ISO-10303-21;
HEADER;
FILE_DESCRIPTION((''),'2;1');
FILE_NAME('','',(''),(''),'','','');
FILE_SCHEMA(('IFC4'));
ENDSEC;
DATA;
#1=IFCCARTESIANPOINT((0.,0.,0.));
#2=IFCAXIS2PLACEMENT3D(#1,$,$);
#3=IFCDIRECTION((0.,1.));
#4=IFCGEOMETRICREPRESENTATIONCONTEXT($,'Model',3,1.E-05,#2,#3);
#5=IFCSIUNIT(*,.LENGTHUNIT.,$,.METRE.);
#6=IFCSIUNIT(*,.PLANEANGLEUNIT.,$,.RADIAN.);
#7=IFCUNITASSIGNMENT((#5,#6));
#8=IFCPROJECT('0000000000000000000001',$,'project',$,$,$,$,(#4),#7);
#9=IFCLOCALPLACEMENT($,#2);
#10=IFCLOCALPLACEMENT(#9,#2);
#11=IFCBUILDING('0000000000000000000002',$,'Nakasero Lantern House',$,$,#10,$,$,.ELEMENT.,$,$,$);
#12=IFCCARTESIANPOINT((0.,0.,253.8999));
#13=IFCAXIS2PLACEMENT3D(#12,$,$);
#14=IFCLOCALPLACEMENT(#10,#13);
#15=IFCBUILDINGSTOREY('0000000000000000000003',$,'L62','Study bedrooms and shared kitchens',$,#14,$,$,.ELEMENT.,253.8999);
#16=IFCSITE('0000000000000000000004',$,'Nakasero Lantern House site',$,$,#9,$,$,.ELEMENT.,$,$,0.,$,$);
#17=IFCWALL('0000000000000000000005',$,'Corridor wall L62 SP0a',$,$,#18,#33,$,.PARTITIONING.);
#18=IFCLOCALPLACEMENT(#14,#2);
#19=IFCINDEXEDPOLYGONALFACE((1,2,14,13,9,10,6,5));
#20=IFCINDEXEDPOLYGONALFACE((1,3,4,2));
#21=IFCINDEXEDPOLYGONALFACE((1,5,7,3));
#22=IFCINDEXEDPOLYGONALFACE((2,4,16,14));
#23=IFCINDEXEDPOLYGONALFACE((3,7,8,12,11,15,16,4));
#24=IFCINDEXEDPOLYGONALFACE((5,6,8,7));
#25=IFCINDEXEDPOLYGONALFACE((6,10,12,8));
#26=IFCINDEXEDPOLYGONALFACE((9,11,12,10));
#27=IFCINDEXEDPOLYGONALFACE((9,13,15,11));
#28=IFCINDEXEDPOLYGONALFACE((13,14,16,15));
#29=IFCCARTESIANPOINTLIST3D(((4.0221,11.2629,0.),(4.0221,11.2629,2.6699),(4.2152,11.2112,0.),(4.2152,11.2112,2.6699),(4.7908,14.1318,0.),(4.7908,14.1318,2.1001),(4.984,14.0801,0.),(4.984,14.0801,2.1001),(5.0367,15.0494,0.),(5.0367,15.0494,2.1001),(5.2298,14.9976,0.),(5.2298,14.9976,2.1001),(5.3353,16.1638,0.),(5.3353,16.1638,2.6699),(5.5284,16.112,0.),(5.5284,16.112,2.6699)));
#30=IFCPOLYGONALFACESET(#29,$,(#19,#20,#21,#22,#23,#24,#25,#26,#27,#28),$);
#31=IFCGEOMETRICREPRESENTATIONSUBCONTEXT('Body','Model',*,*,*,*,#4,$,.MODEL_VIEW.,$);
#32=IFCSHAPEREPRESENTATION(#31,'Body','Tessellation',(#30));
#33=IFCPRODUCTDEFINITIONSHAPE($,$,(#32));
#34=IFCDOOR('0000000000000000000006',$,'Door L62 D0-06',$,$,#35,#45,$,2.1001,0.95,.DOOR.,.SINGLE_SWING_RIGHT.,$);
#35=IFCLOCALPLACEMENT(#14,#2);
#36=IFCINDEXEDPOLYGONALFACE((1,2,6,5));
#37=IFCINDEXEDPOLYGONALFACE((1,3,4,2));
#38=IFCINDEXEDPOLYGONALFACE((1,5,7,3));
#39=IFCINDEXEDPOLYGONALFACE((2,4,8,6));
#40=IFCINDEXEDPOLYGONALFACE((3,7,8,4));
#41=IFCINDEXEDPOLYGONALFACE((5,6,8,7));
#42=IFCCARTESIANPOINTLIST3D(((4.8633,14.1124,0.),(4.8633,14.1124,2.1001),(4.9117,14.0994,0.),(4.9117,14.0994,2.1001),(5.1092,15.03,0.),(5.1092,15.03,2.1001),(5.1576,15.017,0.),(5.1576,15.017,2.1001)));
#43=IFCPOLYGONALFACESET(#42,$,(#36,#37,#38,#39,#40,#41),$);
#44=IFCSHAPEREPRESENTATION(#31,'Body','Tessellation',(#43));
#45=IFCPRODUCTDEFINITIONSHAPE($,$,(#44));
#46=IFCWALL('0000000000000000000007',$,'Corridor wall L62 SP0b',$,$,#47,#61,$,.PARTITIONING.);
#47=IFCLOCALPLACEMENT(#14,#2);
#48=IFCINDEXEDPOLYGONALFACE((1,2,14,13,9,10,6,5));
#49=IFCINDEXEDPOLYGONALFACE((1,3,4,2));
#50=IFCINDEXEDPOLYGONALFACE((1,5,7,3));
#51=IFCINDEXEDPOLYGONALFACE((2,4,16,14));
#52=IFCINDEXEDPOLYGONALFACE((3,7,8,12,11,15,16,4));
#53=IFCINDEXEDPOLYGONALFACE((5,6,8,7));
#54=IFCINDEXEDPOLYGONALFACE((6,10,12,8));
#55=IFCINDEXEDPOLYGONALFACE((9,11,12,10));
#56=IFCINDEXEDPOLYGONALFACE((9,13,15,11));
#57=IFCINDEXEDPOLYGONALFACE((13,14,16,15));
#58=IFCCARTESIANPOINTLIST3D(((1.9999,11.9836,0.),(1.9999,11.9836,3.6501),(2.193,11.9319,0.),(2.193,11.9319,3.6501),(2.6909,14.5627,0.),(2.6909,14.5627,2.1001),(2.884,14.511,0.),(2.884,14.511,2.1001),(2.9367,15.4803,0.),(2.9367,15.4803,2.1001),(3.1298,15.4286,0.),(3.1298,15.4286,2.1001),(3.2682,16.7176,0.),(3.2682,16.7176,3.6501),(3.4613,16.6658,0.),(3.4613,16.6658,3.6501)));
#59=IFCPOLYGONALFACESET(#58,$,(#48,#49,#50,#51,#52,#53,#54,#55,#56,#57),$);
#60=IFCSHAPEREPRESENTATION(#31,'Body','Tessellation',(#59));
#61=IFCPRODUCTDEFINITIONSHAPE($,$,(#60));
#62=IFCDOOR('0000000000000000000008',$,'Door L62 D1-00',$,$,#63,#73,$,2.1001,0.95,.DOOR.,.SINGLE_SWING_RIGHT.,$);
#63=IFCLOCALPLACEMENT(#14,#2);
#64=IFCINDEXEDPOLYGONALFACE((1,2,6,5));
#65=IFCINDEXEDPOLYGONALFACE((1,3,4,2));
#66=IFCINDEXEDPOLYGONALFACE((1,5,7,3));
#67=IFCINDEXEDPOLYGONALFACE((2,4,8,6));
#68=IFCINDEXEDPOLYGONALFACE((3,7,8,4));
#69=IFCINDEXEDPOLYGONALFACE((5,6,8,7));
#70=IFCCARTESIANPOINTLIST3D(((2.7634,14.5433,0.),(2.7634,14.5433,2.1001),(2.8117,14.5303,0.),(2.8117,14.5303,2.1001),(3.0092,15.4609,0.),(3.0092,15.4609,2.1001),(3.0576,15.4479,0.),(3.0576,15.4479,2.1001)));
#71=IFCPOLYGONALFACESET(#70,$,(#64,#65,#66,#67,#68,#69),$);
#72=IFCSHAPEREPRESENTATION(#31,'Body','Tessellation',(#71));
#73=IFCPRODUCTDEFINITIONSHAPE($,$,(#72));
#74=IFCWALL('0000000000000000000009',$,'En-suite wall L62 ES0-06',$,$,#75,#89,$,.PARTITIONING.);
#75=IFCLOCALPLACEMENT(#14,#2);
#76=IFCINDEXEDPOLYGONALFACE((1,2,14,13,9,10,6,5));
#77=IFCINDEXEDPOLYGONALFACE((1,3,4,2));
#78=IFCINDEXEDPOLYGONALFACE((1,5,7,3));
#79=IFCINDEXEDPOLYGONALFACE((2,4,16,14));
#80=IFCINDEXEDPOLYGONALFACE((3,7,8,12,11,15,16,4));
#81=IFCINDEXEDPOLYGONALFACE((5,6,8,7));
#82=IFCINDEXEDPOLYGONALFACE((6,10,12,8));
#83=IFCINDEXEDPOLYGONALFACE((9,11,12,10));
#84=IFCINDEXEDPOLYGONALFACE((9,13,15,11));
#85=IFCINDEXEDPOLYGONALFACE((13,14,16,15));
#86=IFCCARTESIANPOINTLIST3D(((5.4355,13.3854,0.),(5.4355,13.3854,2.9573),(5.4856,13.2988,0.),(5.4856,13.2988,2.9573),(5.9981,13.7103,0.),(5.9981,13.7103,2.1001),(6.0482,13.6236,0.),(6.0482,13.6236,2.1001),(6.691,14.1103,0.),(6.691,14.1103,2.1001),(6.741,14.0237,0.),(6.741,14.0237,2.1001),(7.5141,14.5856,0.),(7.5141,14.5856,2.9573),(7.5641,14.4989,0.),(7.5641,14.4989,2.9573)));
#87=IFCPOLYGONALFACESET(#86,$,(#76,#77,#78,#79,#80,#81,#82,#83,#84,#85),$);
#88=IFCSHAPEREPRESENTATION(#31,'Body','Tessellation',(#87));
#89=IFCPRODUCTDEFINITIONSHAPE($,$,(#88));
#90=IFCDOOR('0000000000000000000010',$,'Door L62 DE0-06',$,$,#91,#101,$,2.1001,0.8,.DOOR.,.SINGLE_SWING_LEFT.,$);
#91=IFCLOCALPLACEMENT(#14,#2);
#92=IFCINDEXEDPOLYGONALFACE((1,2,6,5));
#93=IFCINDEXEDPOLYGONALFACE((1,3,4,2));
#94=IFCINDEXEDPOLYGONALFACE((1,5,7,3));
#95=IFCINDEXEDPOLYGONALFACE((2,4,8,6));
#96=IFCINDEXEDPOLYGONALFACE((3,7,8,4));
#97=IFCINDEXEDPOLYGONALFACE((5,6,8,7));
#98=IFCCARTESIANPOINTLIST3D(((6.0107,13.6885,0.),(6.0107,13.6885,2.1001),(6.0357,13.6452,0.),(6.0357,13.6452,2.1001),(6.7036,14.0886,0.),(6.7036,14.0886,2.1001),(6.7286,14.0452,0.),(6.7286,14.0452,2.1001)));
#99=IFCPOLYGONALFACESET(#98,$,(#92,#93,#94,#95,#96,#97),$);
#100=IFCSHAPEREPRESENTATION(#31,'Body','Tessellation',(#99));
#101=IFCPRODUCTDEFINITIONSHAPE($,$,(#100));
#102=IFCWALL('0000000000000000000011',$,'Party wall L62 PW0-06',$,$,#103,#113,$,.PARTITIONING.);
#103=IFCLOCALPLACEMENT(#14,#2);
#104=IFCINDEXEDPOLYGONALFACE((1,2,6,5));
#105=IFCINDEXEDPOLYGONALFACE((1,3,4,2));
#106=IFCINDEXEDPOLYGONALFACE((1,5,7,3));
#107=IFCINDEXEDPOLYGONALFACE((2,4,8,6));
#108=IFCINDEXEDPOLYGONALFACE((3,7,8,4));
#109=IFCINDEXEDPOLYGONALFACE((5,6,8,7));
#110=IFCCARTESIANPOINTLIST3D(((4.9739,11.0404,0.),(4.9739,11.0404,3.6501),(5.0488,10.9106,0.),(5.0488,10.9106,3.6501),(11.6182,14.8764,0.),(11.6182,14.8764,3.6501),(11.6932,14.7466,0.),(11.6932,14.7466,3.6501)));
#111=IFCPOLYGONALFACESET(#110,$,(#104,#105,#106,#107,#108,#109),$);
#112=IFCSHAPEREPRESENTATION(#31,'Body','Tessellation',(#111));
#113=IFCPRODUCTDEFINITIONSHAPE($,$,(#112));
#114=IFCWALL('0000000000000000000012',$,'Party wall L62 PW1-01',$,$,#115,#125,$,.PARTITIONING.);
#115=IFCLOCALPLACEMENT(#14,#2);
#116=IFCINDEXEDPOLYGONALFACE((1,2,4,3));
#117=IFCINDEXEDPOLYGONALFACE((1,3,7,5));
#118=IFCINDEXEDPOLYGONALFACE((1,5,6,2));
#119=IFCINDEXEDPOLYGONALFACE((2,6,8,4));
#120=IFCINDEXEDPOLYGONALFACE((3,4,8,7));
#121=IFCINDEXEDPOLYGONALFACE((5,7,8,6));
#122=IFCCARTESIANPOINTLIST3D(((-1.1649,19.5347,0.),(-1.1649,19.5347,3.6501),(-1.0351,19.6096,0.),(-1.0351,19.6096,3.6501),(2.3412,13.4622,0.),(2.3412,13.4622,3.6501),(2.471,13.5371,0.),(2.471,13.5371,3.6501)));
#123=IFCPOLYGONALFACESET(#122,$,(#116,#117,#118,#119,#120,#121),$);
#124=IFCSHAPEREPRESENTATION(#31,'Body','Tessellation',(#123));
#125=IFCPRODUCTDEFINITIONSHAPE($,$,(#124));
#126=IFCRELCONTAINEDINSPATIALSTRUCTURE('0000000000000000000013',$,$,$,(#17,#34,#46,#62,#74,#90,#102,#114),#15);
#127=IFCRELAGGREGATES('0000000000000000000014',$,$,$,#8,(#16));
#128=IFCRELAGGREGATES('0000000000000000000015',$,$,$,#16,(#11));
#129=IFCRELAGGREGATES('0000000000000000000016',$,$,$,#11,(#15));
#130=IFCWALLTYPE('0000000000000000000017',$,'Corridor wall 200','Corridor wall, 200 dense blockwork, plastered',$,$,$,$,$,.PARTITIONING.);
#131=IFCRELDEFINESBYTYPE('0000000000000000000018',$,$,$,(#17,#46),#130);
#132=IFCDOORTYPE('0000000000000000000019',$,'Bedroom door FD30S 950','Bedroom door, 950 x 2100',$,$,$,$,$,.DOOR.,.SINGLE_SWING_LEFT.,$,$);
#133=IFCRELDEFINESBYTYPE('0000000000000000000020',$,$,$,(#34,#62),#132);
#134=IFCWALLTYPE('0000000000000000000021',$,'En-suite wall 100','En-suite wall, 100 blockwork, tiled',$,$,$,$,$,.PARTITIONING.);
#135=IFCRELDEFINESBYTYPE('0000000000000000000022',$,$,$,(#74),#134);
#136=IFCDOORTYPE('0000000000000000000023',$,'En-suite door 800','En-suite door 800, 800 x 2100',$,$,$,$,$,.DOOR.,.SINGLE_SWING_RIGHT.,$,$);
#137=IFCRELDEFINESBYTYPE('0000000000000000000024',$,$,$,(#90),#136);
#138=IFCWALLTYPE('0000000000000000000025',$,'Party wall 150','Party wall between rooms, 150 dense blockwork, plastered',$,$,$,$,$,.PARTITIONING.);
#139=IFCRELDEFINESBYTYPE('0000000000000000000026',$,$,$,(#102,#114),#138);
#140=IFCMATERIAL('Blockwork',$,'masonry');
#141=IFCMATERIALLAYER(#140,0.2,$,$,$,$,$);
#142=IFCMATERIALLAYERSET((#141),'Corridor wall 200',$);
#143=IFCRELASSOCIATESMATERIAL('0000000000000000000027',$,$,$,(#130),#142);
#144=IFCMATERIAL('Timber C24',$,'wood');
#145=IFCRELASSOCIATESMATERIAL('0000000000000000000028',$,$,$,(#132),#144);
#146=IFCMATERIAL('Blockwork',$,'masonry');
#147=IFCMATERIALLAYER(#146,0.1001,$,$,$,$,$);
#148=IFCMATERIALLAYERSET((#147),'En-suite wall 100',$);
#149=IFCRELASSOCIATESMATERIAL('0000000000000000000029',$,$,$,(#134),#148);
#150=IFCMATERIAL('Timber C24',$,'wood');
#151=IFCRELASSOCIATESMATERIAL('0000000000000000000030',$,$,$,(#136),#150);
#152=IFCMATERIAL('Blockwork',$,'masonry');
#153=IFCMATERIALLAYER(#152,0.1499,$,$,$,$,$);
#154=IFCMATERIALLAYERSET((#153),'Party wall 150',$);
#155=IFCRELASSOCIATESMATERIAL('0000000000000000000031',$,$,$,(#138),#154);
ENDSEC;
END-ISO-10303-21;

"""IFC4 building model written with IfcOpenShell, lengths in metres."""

from ifc_helpers import new_model, si_unit, direction, frame, frame_2d, origin, place, context, subcontext, project, spatial, rectangle, extrude, material, layer, layer_set, type_object, element, fill, save


model = new_model("IFC4")

# Units and contexts
model_context = context("Model", 3, precision=1e-05, world=origin(), true_north=direction((0.0, 1.0)))
body_context = subcontext(model_context, "Body", "Model", "MODEL_VIEW")
ifc_project = project(units=[si_unit("LENGTHUNIT", "METRE"), si_unit("PLANEANGLEUNIT", "RADIAN")], contexts=[model_context])

# Site, building, storey
site_placement = place(None, origin())
site = spatial("IfcSite", under=ifc_project, at=site_placement, Name="Nakasero Lantern House site", CompositionType="ELEMENT", RefElevation=0.0)
building_placement = place(site_placement, origin())
building = spatial("IfcBuilding", under=site, at=building_placement, Name="Nakasero Lantern House", CompositionType="ELEMENT")
storey_placement = place(building_placement, frame((0.0, 0.0, 253.8999)))
storey = spatial("IfcBuildingStorey", under=building, at=storey_placement, Name="L62", Description="Study bedrooms and shared kitchens", CompositionType="ELEMENT", Elevation=253.8999)

# Walls, openings, doors
ifc_material_1 = material(Name="Blockwork", Category="masonry")
ifc_layer_1 = layer(ifc_material_1, 0.2)
ifc_layer_set_1 = layer_set([ifc_layer_1], Name="Corridor wall 200")
wall_type_1 = type_object("IfcWallType", Name="Corridor wall 200", Description="Corridor wall, 200 dense blockwork, plastered", PredefinedType="PARTITIONING", material=ifc_layer_set_1)
ifc_material_2 = material(Name="Timber C24", Category="wood")
door_type_1 = type_object("IfcDoorType", Name="Bedroom door FD30S 950", Description="Bedroom door, 950 x 2100", OperationType="SINGLE_SWING_LEFT", PredefinedType="DOOR", material=ifc_material_2)
wall_1_placement = place(storey_placement, frame((4.1187, 11.2371, 0.0), z_axis=(0.0, 0.0, 1.0), x_axis=(0.258827, 0.965924, 0.0)))
wall_1 = element("IfcWall", 1, at=wall_1_placement, inside=storey, type_object=wall_type_1, Name="Corridor wall L62 SP0a", PredefinedType="PARTITIONING", context=body_context, shape_type="SweptSolid", body=[
    extrude(rectangle(XDim=5.0737, YDim=0.2, at=frame_2d((2.5369, 0.0))), origin(), (0.0, 0.0, 1.0), 2.6699),
])
opening_1_placement = place(wall_1_placement, frame((2.97, 0.0, 0.0)))
opening_1 = element("IfcOpeningElement", 2, at=opening_1_placement, cuts=wall_1, PredefinedType="OPENING", context=body_context, shape_type="SweptSolid", body=[
    extrude(rectangle(XDim=0.95, YDim=2.1001, at=frame_2d((0.4751, 1.05))), frame((0.0, 0.1199, 0.0), z_axis=(0.0, -1.0, 0.0), x_axis=(1.0, 0.0, 0.0)), (0.0, 0.0, 1.0), 0.24),
])
door_1_placement = place(opening_1_placement, origin())
door_1 = element("IfcDoor", 3, at=door_1_placement, inside=storey, type_object=door_type_1, Name="Door L62 D0-06", OperationType="SINGLE_SWING_RIGHT", OverallHeight=2.1001, OverallWidth=0.95, PredefinedType="DOOR", context=body_context, shape_type="SweptSolid", body=[
    extrude(rectangle(XDim=0.95, YDim=2.1001, at=frame_2d((0.4751, 1.05))), frame((0.0, 0.0249, 0.0), z_axis=(0.0, -1.0, 0.0), x_axis=(1.0, 0.0, 0.0)), (0.0, 0.0, 1.0), 0.05),
])
fill(opening_1, door_1)
wall_2_placement = place(storey_placement, frame((2.0964, 11.9578, 0.0), z_axis=(0.0, 0.0, 1.0), x_axis=(0.258794, 0.965932, 0.0)))
wall_2 = element("IfcWall", 4, at=wall_2_placement, inside=storey, type_object=wall_type_1, Name="Corridor wall L62 SP0b", PredefinedType="PARTITIONING", context=body_context, shape_type="SweptSolid", body=[
    extrude(rectangle(XDim=4.9009, YDim=0.2, at=frame_2d((2.4504, 0.0))), origin(), (0.0, 0.0, 1.0), 3.6501),
])
opening_2_placement = place(wall_2_placement, frame((2.6699, 0.0, 0.0)))
opening_2 = element("IfcOpeningElement", 5, at=opening_2_placement, cuts=wall_2, PredefinedType="OPENING", context=body_context, shape_type="SweptSolid", body=[
    extrude(rectangle(XDim=0.95, YDim=2.1001, at=frame_2d((0.4751, 1.05))), frame((0.0, 0.1199, 0.0), z_axis=(0.0, -1.0, 0.0), x_axis=(1.0, 0.0, 0.0)), (0.0, 0.0, 1.0), 0.24),
])
door_2_placement = place(opening_2_placement, origin())
door_2 = element("IfcDoor", 6, at=door_2_placement, inside=storey, type_object=door_type_1, Name="Door L62 D1-00", OperationType="SINGLE_SWING_RIGHT", OverallHeight=2.1001, OverallWidth=0.95, PredefinedType="DOOR", context=body_context, shape_type="SweptSolid", body=[
    extrude(rectangle(XDim=0.95, YDim=2.1001, at=frame_2d((0.4751, 1.05))), frame((0.0, 0.0249, 0.0), z_axis=(0.0, -1.0, 0.0), x_axis=(1.0, 0.0, 0.0)), (0.0, 0.0, 1.0), 0.05),
])
fill(opening_2, door_2)
ifc_material_3 = material(Name="Blockwork", Category="masonry")
ifc_layer_2 = layer(ifc_material_3, 0.1001)
ifc_layer_set_2 = layer_set([ifc_layer_2], Name="En-suite wall 100")
wall_type_2 = type_object("IfcWallType", Name="En-suite wall 100", Description="En-suite wall, 100 blockwork, tiled", PredefinedType="PARTITIONING", material=ifc_layer_set_2)
wall_3_placement = place(storey_placement, frame((5.4604, 13.342, 0.0), z_axis=(0.0, 0.0, 1.0), x_axis=(0.866006, 0.500034, 0.0)))
wall_3 = element("IfcWall", 7, at=wall_3_placement, inside=storey, type_object=wall_type_2, Name="En-suite wall L62 ES0-06", PredefinedType="PARTITIONING", context=body_context, shape_type="SweptSolid", body=[
    extrude(rectangle(XDim=2.4001, YDim=0.1001, at=frame_2d((1.2002, 0.0))), origin(), (0.0, 0.0, 1.0), 2.9573),
])
opening_3_placement = place(wall_3_placement, frame((0.6499, 0.0, 0.0)))
opening_3 = element("IfcOpeningElement", 8, at=opening_3_placement, cuts=wall_3, PredefinedType="OPENING", context=body_context, shape_type="SweptSolid", body=[
    extrude(rectangle(XDim=0.8, YDim=2.1001, at=frame_2d((0.3999, 1.05))), frame((0.0, 0.0701, 0.0), z_axis=(0.0, -1.0, 0.0), x_axis=(1.0, 0.0, 0.0)), (0.0, 0.0, 1.0), 0.1401),
])
ifc_material_4 = material(Name="Timber C24", Category="wood")
door_type_2 = type_object("IfcDoorType", Name="En-suite door 800", Description="En-suite door 800, 800 x 2100", OperationType="SINGLE_SWING_RIGHT", PredefinedType="DOOR", material=ifc_material_4)
door_3_placement = place(opening_3_placement, origin())
door_3 = element("IfcDoor", 9, at=door_3_placement, inside=storey, type_object=door_type_2, Name="Door L62 DE0-06", OperationType="SINGLE_SWING_LEFT", OverallHeight=2.1001, OverallWidth=0.8, PredefinedType="DOOR", context=body_context, shape_type="SweptSolid", body=[
    extrude(rectangle(XDim=0.8, YDim=2.1001, at=frame_2d((0.3999, 1.05))), frame((0.0, 0.0249, 0.0), z_axis=(0.0, -1.0, 0.0), x_axis=(1.0, 0.0, 0.0)), (0.0, 0.0, 1.0), 0.05),
])
fill(opening_3, door_3)

# Walls
ifc_material_5 = material(Name="Blockwork", Category="masonry")
ifc_layer_3 = layer(ifc_material_5, 0.1499)
ifc_layer_set_3 = layer_set([ifc_layer_3], Name="Party wall 150")
wall_type_3 = type_object("IfcWallType", Name="Party wall 150", Description="Party wall between rooms, 150 dense blockwork, plastered", PredefinedType="PARTITIONING", material=ifc_layer_set_3)
wall_4_placement = place(storey_placement, frame((5.0115, 10.9756, 0.0), z_axis=(0.0, 0.0, 1.0), x_axis=(0.866034, 0.499986, 0.0)))
element("IfcWall", 10, at=wall_4_placement, inside=storey, type_object=wall_type_3, Name="Party wall L62 PW0-06", PredefinedType="PARTITIONING", context=body_context, shape_type="SweptSolid", body=[
    extrude(rectangle(XDim=7.6721, YDim=0.1499, at=frame_2d((3.8359, 0.0))), origin(), (0.0, 0.0, 1.0), 3.6501),
])
wall_5_placement = place(storey_placement, frame((2.406, 13.4998, 0.0), z_axis=(0.0, 0.0, 1.0), x_axis=(-0.500015, 0.866017, 0.0)))
element("IfcWall", 11, at=wall_5_placement, inside=storey, type_object=wall_type_3, Name="Party wall L62 PW1-01", PredefinedType="PARTITIONING", context=body_context, shape_type="SweptSolid", body=[
    extrude(rectangle(XDim=7.012, YDim=0.1499, at=frame_2d((3.5059, 0.0))), origin(), (0.0, 0.0, 1.0), 3.6501),
])

save(model, "model.ifc")
